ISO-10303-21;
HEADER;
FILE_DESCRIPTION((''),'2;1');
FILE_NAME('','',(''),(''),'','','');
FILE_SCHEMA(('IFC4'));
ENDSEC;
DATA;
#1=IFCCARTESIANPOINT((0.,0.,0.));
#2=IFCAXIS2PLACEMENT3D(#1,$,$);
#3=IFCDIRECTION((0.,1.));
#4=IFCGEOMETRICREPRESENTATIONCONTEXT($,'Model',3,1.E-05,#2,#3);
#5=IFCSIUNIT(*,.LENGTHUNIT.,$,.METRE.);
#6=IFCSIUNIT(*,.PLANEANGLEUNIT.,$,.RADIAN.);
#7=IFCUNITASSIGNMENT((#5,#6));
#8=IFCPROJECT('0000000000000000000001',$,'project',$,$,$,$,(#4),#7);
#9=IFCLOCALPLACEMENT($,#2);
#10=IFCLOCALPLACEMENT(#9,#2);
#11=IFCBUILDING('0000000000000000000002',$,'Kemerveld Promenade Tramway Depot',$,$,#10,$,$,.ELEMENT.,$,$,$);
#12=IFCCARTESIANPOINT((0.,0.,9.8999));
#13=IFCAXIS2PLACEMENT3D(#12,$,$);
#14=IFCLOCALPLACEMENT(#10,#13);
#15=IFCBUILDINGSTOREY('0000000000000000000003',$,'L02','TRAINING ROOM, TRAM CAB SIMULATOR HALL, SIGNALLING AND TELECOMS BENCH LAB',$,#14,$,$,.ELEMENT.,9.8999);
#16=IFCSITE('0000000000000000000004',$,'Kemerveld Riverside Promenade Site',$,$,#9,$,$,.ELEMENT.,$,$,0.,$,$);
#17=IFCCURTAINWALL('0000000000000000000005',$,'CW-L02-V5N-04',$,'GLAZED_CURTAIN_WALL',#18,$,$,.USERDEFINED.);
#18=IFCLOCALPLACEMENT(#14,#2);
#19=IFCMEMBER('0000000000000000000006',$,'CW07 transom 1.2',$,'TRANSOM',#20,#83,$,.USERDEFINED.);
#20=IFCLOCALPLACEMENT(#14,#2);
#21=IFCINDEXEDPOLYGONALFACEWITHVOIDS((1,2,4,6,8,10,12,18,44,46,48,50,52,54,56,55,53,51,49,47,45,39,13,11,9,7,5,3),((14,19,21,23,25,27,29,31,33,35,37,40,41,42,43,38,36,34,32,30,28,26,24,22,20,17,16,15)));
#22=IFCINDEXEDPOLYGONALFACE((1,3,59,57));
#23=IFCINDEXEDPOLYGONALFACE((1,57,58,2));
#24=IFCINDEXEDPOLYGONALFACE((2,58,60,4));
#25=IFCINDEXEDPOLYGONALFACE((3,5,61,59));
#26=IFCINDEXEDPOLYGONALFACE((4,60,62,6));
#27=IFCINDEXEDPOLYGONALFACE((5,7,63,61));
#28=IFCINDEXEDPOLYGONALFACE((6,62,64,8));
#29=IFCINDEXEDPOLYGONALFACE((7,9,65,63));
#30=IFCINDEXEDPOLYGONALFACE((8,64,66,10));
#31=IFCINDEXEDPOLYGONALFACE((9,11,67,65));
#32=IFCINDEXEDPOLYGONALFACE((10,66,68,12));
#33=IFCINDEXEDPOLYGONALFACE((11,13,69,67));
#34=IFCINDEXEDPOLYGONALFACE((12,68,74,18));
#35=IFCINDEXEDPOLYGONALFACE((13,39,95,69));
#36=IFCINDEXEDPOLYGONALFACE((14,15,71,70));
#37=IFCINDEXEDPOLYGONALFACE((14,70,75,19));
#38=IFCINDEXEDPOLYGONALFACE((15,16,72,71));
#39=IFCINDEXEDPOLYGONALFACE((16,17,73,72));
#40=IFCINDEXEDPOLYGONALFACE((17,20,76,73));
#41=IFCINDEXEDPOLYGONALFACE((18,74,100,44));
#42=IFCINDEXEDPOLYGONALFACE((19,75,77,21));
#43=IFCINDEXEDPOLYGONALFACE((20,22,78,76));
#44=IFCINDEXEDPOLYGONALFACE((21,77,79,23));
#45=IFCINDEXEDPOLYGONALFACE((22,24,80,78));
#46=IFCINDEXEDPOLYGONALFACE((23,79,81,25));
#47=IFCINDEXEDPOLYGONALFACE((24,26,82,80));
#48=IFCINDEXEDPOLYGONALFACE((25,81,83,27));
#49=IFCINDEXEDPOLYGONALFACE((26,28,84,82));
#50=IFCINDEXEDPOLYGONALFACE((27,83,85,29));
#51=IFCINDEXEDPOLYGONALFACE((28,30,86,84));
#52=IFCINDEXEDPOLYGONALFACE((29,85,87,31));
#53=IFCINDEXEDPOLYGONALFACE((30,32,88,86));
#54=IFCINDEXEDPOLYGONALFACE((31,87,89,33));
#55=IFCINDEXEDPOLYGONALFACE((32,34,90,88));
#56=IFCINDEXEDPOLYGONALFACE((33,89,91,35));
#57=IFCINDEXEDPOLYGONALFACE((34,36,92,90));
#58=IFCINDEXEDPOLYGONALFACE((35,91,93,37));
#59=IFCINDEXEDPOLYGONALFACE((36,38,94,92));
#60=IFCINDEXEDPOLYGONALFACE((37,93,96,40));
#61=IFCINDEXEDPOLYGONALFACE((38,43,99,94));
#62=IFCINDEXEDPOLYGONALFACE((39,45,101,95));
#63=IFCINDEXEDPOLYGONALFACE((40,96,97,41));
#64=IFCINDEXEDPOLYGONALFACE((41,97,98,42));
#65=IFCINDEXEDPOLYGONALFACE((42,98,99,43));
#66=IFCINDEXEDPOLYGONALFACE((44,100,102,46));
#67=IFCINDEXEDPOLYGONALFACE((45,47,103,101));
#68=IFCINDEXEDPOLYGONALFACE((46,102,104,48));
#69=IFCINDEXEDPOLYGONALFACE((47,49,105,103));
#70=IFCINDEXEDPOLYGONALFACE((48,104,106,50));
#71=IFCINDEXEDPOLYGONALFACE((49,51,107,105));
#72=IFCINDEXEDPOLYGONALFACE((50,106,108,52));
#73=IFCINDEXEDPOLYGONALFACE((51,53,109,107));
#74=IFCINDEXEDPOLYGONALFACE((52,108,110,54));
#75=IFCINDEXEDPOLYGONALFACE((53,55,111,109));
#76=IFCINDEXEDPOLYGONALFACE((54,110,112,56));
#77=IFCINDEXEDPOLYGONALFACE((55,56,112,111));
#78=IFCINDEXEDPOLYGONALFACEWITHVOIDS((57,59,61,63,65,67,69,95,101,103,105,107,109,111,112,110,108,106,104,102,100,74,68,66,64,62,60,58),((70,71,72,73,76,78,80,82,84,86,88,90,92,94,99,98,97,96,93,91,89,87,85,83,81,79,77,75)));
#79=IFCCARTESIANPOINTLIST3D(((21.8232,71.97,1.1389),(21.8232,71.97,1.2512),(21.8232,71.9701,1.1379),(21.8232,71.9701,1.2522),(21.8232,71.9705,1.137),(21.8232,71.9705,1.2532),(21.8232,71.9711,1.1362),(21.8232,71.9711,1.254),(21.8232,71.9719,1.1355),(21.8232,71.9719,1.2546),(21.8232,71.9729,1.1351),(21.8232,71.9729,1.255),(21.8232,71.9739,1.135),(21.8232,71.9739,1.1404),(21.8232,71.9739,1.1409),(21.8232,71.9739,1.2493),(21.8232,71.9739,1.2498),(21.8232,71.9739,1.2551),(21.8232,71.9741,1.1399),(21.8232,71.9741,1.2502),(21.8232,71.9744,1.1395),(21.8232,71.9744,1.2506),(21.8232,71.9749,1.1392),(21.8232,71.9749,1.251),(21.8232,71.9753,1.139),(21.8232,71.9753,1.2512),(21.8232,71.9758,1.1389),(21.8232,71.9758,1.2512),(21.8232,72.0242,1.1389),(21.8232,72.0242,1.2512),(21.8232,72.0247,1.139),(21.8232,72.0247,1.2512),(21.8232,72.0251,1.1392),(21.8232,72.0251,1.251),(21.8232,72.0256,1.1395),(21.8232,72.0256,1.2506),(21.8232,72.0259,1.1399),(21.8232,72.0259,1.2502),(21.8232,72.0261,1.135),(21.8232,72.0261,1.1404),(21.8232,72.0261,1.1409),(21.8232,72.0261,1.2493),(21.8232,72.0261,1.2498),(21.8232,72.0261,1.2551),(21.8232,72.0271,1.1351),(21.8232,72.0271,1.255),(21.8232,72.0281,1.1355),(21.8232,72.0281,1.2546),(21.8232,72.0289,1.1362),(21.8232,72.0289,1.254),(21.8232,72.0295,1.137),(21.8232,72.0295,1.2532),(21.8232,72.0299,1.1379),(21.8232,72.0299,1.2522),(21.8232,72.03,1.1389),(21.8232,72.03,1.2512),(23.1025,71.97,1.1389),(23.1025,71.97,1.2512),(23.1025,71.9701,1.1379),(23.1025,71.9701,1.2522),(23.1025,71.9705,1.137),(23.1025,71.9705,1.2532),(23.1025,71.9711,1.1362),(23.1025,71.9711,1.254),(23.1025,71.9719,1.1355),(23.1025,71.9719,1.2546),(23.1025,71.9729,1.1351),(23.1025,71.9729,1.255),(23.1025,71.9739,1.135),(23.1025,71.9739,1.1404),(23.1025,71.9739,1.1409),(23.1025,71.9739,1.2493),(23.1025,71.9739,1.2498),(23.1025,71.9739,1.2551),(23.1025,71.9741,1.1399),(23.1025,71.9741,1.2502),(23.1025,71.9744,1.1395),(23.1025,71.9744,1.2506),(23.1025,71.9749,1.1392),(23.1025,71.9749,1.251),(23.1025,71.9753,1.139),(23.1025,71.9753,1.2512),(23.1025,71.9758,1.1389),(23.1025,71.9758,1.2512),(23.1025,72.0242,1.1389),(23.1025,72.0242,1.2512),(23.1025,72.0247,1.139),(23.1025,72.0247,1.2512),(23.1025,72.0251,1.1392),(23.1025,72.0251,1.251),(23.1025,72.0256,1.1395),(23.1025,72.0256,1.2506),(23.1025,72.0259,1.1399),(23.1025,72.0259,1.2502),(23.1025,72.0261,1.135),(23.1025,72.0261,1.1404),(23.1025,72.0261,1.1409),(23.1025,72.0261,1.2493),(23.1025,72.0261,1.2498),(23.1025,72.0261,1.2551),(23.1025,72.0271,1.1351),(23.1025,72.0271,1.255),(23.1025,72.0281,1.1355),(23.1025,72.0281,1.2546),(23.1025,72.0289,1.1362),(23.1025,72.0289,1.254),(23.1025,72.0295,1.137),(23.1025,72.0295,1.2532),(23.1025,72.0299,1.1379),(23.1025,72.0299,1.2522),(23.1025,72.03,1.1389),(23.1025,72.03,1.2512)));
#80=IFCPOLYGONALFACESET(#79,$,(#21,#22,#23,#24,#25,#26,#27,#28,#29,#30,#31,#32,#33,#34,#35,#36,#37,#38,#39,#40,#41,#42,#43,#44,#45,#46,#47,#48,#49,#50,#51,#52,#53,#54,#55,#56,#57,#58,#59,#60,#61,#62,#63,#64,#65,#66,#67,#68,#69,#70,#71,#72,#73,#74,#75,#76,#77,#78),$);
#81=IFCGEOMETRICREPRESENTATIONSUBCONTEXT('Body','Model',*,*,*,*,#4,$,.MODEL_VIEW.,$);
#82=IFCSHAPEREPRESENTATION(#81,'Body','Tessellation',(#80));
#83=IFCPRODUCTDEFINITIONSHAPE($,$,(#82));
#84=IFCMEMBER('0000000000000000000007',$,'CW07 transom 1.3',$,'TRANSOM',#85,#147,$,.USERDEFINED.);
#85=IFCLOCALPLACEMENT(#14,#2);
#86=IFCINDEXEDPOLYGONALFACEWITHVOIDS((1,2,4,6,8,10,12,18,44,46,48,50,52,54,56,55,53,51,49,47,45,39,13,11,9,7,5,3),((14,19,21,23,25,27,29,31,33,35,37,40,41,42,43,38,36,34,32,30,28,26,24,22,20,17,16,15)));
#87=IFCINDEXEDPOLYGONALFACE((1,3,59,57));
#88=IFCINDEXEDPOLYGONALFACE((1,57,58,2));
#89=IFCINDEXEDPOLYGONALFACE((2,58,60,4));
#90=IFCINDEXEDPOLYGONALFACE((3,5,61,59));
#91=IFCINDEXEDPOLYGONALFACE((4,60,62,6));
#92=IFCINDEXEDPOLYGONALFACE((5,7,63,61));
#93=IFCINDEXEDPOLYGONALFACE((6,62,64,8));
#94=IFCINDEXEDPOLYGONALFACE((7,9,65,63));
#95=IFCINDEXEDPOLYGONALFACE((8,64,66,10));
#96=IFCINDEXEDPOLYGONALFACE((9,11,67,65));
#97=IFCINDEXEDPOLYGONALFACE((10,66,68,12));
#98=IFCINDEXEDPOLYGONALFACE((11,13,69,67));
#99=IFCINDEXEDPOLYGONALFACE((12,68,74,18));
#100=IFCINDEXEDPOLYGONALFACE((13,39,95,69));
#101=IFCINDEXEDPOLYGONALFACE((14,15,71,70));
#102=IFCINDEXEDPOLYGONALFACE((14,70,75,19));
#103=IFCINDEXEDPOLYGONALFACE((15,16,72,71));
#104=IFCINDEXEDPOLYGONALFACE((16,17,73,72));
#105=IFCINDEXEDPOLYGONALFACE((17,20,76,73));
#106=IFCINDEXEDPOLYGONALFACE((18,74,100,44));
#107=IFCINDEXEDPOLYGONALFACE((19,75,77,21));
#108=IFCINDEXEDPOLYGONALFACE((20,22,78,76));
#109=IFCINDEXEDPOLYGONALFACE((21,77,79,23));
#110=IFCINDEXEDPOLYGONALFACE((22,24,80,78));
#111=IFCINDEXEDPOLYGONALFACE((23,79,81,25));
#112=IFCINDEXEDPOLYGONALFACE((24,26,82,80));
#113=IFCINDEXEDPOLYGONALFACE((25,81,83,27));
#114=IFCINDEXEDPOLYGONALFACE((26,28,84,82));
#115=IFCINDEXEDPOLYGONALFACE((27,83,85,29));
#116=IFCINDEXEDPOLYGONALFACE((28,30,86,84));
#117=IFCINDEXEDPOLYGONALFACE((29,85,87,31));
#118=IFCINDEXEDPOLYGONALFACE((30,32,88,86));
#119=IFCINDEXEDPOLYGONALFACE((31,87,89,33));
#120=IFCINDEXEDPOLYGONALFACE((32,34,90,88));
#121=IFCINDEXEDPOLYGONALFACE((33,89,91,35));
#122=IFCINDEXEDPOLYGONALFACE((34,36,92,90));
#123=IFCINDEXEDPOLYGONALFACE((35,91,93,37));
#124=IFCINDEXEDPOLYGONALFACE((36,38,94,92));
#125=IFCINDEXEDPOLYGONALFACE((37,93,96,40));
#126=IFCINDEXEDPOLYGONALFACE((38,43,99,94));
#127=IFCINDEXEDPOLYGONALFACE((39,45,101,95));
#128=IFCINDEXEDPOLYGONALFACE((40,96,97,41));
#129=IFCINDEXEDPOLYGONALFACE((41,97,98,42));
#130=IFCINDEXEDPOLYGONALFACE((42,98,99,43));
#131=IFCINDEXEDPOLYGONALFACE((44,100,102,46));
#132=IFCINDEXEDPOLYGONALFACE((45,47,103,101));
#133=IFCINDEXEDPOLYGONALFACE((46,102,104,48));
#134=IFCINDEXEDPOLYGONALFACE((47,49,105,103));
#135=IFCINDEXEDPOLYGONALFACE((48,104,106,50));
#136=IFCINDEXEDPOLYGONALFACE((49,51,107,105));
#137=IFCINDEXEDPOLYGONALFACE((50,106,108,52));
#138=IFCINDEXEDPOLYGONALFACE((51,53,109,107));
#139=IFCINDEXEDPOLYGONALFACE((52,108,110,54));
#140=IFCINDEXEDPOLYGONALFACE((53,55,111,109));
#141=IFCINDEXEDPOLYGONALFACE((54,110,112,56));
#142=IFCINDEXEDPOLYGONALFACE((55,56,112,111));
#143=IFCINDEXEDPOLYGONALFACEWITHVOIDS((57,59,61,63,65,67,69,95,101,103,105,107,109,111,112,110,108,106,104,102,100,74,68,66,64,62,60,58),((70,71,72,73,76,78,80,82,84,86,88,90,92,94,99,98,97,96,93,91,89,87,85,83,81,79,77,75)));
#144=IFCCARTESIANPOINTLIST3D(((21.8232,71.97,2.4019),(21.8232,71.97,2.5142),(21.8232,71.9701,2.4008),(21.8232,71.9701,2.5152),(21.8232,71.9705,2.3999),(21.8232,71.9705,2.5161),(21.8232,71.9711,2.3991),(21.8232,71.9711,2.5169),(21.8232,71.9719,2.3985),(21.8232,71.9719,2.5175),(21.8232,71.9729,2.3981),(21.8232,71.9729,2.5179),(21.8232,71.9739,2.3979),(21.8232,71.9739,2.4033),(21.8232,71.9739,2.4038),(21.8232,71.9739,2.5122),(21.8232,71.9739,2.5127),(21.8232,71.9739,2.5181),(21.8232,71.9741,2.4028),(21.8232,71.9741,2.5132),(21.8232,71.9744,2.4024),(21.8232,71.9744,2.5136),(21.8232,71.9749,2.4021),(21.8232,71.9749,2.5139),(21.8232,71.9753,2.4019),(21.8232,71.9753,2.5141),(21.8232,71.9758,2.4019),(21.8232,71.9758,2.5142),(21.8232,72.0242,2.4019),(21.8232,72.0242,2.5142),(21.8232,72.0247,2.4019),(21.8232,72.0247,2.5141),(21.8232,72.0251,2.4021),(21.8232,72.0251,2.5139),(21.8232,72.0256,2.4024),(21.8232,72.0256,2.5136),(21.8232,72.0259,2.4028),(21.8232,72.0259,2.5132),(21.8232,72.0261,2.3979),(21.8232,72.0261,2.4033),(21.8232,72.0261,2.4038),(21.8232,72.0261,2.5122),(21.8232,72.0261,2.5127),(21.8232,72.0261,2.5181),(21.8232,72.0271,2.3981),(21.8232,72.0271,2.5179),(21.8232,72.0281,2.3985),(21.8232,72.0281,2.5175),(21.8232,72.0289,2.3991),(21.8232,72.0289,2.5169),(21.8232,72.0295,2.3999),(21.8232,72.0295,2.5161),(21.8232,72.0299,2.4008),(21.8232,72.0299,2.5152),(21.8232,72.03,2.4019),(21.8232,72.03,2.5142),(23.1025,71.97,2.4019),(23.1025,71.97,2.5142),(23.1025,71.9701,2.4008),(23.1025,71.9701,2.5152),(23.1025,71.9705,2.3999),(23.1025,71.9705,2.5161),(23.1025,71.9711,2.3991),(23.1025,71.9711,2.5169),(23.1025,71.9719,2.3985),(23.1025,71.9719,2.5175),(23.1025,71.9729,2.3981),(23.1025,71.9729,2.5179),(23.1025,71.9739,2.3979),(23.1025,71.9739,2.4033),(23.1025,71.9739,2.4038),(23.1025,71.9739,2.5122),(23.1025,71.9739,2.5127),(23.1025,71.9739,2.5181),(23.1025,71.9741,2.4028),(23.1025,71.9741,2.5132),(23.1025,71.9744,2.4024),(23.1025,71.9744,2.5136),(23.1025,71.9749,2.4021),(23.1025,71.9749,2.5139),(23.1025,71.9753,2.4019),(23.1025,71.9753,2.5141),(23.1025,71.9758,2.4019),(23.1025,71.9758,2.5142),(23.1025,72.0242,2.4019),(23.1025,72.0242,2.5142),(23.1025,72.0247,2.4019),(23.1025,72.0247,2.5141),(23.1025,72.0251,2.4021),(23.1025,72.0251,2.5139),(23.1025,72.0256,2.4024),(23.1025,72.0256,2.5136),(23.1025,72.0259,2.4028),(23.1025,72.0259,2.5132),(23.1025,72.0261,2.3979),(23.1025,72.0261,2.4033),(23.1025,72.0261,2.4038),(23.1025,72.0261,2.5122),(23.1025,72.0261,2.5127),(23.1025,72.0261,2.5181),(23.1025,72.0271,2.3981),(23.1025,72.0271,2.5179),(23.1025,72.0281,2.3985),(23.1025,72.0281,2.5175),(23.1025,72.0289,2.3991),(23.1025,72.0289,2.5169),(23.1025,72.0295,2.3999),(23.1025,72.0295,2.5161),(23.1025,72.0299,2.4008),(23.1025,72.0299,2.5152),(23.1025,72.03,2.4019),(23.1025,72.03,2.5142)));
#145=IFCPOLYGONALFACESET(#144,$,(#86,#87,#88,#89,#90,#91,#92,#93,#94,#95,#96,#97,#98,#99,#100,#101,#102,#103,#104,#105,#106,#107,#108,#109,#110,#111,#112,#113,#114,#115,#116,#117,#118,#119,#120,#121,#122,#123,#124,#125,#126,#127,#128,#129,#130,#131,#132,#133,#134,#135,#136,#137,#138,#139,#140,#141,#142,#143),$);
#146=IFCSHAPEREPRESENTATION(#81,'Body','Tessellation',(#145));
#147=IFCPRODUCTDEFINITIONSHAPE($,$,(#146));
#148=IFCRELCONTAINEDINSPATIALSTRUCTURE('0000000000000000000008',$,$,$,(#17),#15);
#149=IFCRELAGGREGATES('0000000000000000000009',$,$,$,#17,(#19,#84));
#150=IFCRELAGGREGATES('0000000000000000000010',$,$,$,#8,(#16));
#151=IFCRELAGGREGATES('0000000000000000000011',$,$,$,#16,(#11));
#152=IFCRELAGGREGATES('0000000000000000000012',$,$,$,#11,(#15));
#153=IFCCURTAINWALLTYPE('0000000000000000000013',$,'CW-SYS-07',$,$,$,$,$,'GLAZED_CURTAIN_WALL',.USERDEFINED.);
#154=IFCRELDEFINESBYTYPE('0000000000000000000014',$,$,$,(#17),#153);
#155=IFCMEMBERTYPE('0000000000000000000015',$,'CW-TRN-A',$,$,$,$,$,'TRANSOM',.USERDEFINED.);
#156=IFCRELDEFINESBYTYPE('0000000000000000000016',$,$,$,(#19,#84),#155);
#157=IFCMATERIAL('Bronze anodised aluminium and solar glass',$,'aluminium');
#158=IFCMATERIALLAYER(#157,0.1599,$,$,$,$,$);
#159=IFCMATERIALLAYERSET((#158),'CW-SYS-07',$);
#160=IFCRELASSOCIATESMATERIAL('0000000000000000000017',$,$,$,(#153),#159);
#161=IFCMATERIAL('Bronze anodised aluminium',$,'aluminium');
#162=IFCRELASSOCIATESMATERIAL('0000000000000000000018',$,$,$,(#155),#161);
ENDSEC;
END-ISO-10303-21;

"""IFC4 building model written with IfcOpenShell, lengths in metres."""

from ifc_helpers import new_model, si_unit, direction, frame, origin, origin_2d, place, context, subcontext, project, spatial, hollow_rectangle, extrude, material, layer, layer_set, material_profile, profile_set, type_object, element, aggregate, save


model = new_model("IFC4")

# Units and contexts
model_context = context("Model", 3, precision=1e-05, world=origin(), true_north=direction((0.0, 1.0)))
body_context = subcontext(model_context, "Body", "Model", "MODEL_VIEW")
ifc_project = project(units=[si_unit("LENGTHUNIT", "METRE"), si_unit("PLANEANGLEUNIT", "RADIAN")], contexts=[model_context])

# Site, building, storey
site_placement = place(None, origin())
site = spatial("IfcSite", under=ifc_project, at=site_placement, Name="Kemerveld Riverside Promenade Site", CompositionType="ELEMENT", RefElevation=0.0)
building_placement = place(site_placement, origin())
building = spatial("IfcBuilding", under=site, at=building_placement, Name="Kemerveld Promenade Tramway Depot", CompositionType="ELEMENT")
storey_placement = place(building_placement, frame((0.0, 0.0, 9.8999)))
storey = spatial("IfcBuildingStorey", under=building, at=storey_placement, Name="L02", Description="TRAINING ROOM, TRAM CAB SIMULATOR HALL, SIGNALLING AND TELECOMS BENCH LAB", CompositionType="ELEMENT", Elevation=9.8999)

# Curtain wall
ifc_material_1 = material(Name="Bronze anodised aluminium and solar glass", Category="aluminium")
ifc_material_2 = material(Name="Bronze anodised aluminium", Category="aluminium")
ifc_layer_1 = layer(ifc_material_1, 0.1599)
ifc_layer_set_1 = layer_set([ifc_layer_1], Name="CW-SYS-07")
curtain_wall_type_1 = type_object("IfcCurtainWallType", Name="CW-SYS-07", ElementType="GLAZED_CURTAIN_WALL", PredefinedType="USERDEFINED", material=ifc_layer_set_1)
curtain_wall_1_placement = place(storey_placement, origin())
curtain_wall_1 = element("IfcCurtainWall", 1, at=curtain_wall_1_placement, inside=storey, type_object=curtain_wall_type_1, Name="CW-L02-V5N-04", ObjectType="GLAZED_CURTAIN_WALL", PredefinedType="USERDEFINED")

# Members
ifc_material_profile_1 = material_profile(ifc_material_2, hollow_rectangle(XDim=0.0601, YDim=0.1201, WallThickness=0.0039, InnerFilletRadius=0.002, OuterFilletRadius=0.0039, at=origin_2d()), Name="CW-TRN-120x60")
ifc_profile_set_1 = profile_set([ifc_material_profile_1], Name="Bronze anodised aluminium")
member_type_1 = type_object("IfcMemberType", Name="CW-TRN-A", ElementType="TRANSOM", PredefinedType="USERDEFINED", material=ifc_profile_set_1)
member_1_placement = place(storey_placement, frame((21.8232, 72.0, 1.1951), z_axis=(1.0, 0.0, 0.0), x_axis=(0.0, 1.0, 0.0)))
member_1 = element("IfcMember", 2, at=member_1_placement, type_object=member_type_1, Name="CW07 transom 1.2", ObjectType="TRANSOM", PredefinedType="USERDEFINED", context=body_context, shape_type="SweptSolid", body=[
    extrude(hollow_rectangle(XDim=0.0601, YDim=0.1201, WallThickness=0.0039, InnerFilletRadius=0.002, OuterFilletRadius=0.0039, at=origin_2d()), origin(), (0.0, 0.0, 1.0), 1.2793),
])
member_2_placement = place(storey_placement, frame((21.8232, 72.0, 2.458), z_axis=(1.0, 0.0, 0.0), x_axis=(0.0, 1.0, 0.0)))
member_2 = element("IfcMember", 3, at=member_2_placement, type_object=member_type_1, Name="CW07 transom 1.3", ObjectType="TRANSOM", PredefinedType="USERDEFINED", context=body_context, shape_type="SweptSolid", body=[
    extrude(hollow_rectangle(XDim=0.0601, YDim=0.1201, WallThickness=0.0039, InnerFilletRadius=0.002, OuterFilletRadius=0.0039, at=origin_2d()), origin(), (0.0, 0.0, 1.0), 1.2793),
])

aggregate(curtain_wall_1, [member_1, member_2])

save(model, "model.ifc")
